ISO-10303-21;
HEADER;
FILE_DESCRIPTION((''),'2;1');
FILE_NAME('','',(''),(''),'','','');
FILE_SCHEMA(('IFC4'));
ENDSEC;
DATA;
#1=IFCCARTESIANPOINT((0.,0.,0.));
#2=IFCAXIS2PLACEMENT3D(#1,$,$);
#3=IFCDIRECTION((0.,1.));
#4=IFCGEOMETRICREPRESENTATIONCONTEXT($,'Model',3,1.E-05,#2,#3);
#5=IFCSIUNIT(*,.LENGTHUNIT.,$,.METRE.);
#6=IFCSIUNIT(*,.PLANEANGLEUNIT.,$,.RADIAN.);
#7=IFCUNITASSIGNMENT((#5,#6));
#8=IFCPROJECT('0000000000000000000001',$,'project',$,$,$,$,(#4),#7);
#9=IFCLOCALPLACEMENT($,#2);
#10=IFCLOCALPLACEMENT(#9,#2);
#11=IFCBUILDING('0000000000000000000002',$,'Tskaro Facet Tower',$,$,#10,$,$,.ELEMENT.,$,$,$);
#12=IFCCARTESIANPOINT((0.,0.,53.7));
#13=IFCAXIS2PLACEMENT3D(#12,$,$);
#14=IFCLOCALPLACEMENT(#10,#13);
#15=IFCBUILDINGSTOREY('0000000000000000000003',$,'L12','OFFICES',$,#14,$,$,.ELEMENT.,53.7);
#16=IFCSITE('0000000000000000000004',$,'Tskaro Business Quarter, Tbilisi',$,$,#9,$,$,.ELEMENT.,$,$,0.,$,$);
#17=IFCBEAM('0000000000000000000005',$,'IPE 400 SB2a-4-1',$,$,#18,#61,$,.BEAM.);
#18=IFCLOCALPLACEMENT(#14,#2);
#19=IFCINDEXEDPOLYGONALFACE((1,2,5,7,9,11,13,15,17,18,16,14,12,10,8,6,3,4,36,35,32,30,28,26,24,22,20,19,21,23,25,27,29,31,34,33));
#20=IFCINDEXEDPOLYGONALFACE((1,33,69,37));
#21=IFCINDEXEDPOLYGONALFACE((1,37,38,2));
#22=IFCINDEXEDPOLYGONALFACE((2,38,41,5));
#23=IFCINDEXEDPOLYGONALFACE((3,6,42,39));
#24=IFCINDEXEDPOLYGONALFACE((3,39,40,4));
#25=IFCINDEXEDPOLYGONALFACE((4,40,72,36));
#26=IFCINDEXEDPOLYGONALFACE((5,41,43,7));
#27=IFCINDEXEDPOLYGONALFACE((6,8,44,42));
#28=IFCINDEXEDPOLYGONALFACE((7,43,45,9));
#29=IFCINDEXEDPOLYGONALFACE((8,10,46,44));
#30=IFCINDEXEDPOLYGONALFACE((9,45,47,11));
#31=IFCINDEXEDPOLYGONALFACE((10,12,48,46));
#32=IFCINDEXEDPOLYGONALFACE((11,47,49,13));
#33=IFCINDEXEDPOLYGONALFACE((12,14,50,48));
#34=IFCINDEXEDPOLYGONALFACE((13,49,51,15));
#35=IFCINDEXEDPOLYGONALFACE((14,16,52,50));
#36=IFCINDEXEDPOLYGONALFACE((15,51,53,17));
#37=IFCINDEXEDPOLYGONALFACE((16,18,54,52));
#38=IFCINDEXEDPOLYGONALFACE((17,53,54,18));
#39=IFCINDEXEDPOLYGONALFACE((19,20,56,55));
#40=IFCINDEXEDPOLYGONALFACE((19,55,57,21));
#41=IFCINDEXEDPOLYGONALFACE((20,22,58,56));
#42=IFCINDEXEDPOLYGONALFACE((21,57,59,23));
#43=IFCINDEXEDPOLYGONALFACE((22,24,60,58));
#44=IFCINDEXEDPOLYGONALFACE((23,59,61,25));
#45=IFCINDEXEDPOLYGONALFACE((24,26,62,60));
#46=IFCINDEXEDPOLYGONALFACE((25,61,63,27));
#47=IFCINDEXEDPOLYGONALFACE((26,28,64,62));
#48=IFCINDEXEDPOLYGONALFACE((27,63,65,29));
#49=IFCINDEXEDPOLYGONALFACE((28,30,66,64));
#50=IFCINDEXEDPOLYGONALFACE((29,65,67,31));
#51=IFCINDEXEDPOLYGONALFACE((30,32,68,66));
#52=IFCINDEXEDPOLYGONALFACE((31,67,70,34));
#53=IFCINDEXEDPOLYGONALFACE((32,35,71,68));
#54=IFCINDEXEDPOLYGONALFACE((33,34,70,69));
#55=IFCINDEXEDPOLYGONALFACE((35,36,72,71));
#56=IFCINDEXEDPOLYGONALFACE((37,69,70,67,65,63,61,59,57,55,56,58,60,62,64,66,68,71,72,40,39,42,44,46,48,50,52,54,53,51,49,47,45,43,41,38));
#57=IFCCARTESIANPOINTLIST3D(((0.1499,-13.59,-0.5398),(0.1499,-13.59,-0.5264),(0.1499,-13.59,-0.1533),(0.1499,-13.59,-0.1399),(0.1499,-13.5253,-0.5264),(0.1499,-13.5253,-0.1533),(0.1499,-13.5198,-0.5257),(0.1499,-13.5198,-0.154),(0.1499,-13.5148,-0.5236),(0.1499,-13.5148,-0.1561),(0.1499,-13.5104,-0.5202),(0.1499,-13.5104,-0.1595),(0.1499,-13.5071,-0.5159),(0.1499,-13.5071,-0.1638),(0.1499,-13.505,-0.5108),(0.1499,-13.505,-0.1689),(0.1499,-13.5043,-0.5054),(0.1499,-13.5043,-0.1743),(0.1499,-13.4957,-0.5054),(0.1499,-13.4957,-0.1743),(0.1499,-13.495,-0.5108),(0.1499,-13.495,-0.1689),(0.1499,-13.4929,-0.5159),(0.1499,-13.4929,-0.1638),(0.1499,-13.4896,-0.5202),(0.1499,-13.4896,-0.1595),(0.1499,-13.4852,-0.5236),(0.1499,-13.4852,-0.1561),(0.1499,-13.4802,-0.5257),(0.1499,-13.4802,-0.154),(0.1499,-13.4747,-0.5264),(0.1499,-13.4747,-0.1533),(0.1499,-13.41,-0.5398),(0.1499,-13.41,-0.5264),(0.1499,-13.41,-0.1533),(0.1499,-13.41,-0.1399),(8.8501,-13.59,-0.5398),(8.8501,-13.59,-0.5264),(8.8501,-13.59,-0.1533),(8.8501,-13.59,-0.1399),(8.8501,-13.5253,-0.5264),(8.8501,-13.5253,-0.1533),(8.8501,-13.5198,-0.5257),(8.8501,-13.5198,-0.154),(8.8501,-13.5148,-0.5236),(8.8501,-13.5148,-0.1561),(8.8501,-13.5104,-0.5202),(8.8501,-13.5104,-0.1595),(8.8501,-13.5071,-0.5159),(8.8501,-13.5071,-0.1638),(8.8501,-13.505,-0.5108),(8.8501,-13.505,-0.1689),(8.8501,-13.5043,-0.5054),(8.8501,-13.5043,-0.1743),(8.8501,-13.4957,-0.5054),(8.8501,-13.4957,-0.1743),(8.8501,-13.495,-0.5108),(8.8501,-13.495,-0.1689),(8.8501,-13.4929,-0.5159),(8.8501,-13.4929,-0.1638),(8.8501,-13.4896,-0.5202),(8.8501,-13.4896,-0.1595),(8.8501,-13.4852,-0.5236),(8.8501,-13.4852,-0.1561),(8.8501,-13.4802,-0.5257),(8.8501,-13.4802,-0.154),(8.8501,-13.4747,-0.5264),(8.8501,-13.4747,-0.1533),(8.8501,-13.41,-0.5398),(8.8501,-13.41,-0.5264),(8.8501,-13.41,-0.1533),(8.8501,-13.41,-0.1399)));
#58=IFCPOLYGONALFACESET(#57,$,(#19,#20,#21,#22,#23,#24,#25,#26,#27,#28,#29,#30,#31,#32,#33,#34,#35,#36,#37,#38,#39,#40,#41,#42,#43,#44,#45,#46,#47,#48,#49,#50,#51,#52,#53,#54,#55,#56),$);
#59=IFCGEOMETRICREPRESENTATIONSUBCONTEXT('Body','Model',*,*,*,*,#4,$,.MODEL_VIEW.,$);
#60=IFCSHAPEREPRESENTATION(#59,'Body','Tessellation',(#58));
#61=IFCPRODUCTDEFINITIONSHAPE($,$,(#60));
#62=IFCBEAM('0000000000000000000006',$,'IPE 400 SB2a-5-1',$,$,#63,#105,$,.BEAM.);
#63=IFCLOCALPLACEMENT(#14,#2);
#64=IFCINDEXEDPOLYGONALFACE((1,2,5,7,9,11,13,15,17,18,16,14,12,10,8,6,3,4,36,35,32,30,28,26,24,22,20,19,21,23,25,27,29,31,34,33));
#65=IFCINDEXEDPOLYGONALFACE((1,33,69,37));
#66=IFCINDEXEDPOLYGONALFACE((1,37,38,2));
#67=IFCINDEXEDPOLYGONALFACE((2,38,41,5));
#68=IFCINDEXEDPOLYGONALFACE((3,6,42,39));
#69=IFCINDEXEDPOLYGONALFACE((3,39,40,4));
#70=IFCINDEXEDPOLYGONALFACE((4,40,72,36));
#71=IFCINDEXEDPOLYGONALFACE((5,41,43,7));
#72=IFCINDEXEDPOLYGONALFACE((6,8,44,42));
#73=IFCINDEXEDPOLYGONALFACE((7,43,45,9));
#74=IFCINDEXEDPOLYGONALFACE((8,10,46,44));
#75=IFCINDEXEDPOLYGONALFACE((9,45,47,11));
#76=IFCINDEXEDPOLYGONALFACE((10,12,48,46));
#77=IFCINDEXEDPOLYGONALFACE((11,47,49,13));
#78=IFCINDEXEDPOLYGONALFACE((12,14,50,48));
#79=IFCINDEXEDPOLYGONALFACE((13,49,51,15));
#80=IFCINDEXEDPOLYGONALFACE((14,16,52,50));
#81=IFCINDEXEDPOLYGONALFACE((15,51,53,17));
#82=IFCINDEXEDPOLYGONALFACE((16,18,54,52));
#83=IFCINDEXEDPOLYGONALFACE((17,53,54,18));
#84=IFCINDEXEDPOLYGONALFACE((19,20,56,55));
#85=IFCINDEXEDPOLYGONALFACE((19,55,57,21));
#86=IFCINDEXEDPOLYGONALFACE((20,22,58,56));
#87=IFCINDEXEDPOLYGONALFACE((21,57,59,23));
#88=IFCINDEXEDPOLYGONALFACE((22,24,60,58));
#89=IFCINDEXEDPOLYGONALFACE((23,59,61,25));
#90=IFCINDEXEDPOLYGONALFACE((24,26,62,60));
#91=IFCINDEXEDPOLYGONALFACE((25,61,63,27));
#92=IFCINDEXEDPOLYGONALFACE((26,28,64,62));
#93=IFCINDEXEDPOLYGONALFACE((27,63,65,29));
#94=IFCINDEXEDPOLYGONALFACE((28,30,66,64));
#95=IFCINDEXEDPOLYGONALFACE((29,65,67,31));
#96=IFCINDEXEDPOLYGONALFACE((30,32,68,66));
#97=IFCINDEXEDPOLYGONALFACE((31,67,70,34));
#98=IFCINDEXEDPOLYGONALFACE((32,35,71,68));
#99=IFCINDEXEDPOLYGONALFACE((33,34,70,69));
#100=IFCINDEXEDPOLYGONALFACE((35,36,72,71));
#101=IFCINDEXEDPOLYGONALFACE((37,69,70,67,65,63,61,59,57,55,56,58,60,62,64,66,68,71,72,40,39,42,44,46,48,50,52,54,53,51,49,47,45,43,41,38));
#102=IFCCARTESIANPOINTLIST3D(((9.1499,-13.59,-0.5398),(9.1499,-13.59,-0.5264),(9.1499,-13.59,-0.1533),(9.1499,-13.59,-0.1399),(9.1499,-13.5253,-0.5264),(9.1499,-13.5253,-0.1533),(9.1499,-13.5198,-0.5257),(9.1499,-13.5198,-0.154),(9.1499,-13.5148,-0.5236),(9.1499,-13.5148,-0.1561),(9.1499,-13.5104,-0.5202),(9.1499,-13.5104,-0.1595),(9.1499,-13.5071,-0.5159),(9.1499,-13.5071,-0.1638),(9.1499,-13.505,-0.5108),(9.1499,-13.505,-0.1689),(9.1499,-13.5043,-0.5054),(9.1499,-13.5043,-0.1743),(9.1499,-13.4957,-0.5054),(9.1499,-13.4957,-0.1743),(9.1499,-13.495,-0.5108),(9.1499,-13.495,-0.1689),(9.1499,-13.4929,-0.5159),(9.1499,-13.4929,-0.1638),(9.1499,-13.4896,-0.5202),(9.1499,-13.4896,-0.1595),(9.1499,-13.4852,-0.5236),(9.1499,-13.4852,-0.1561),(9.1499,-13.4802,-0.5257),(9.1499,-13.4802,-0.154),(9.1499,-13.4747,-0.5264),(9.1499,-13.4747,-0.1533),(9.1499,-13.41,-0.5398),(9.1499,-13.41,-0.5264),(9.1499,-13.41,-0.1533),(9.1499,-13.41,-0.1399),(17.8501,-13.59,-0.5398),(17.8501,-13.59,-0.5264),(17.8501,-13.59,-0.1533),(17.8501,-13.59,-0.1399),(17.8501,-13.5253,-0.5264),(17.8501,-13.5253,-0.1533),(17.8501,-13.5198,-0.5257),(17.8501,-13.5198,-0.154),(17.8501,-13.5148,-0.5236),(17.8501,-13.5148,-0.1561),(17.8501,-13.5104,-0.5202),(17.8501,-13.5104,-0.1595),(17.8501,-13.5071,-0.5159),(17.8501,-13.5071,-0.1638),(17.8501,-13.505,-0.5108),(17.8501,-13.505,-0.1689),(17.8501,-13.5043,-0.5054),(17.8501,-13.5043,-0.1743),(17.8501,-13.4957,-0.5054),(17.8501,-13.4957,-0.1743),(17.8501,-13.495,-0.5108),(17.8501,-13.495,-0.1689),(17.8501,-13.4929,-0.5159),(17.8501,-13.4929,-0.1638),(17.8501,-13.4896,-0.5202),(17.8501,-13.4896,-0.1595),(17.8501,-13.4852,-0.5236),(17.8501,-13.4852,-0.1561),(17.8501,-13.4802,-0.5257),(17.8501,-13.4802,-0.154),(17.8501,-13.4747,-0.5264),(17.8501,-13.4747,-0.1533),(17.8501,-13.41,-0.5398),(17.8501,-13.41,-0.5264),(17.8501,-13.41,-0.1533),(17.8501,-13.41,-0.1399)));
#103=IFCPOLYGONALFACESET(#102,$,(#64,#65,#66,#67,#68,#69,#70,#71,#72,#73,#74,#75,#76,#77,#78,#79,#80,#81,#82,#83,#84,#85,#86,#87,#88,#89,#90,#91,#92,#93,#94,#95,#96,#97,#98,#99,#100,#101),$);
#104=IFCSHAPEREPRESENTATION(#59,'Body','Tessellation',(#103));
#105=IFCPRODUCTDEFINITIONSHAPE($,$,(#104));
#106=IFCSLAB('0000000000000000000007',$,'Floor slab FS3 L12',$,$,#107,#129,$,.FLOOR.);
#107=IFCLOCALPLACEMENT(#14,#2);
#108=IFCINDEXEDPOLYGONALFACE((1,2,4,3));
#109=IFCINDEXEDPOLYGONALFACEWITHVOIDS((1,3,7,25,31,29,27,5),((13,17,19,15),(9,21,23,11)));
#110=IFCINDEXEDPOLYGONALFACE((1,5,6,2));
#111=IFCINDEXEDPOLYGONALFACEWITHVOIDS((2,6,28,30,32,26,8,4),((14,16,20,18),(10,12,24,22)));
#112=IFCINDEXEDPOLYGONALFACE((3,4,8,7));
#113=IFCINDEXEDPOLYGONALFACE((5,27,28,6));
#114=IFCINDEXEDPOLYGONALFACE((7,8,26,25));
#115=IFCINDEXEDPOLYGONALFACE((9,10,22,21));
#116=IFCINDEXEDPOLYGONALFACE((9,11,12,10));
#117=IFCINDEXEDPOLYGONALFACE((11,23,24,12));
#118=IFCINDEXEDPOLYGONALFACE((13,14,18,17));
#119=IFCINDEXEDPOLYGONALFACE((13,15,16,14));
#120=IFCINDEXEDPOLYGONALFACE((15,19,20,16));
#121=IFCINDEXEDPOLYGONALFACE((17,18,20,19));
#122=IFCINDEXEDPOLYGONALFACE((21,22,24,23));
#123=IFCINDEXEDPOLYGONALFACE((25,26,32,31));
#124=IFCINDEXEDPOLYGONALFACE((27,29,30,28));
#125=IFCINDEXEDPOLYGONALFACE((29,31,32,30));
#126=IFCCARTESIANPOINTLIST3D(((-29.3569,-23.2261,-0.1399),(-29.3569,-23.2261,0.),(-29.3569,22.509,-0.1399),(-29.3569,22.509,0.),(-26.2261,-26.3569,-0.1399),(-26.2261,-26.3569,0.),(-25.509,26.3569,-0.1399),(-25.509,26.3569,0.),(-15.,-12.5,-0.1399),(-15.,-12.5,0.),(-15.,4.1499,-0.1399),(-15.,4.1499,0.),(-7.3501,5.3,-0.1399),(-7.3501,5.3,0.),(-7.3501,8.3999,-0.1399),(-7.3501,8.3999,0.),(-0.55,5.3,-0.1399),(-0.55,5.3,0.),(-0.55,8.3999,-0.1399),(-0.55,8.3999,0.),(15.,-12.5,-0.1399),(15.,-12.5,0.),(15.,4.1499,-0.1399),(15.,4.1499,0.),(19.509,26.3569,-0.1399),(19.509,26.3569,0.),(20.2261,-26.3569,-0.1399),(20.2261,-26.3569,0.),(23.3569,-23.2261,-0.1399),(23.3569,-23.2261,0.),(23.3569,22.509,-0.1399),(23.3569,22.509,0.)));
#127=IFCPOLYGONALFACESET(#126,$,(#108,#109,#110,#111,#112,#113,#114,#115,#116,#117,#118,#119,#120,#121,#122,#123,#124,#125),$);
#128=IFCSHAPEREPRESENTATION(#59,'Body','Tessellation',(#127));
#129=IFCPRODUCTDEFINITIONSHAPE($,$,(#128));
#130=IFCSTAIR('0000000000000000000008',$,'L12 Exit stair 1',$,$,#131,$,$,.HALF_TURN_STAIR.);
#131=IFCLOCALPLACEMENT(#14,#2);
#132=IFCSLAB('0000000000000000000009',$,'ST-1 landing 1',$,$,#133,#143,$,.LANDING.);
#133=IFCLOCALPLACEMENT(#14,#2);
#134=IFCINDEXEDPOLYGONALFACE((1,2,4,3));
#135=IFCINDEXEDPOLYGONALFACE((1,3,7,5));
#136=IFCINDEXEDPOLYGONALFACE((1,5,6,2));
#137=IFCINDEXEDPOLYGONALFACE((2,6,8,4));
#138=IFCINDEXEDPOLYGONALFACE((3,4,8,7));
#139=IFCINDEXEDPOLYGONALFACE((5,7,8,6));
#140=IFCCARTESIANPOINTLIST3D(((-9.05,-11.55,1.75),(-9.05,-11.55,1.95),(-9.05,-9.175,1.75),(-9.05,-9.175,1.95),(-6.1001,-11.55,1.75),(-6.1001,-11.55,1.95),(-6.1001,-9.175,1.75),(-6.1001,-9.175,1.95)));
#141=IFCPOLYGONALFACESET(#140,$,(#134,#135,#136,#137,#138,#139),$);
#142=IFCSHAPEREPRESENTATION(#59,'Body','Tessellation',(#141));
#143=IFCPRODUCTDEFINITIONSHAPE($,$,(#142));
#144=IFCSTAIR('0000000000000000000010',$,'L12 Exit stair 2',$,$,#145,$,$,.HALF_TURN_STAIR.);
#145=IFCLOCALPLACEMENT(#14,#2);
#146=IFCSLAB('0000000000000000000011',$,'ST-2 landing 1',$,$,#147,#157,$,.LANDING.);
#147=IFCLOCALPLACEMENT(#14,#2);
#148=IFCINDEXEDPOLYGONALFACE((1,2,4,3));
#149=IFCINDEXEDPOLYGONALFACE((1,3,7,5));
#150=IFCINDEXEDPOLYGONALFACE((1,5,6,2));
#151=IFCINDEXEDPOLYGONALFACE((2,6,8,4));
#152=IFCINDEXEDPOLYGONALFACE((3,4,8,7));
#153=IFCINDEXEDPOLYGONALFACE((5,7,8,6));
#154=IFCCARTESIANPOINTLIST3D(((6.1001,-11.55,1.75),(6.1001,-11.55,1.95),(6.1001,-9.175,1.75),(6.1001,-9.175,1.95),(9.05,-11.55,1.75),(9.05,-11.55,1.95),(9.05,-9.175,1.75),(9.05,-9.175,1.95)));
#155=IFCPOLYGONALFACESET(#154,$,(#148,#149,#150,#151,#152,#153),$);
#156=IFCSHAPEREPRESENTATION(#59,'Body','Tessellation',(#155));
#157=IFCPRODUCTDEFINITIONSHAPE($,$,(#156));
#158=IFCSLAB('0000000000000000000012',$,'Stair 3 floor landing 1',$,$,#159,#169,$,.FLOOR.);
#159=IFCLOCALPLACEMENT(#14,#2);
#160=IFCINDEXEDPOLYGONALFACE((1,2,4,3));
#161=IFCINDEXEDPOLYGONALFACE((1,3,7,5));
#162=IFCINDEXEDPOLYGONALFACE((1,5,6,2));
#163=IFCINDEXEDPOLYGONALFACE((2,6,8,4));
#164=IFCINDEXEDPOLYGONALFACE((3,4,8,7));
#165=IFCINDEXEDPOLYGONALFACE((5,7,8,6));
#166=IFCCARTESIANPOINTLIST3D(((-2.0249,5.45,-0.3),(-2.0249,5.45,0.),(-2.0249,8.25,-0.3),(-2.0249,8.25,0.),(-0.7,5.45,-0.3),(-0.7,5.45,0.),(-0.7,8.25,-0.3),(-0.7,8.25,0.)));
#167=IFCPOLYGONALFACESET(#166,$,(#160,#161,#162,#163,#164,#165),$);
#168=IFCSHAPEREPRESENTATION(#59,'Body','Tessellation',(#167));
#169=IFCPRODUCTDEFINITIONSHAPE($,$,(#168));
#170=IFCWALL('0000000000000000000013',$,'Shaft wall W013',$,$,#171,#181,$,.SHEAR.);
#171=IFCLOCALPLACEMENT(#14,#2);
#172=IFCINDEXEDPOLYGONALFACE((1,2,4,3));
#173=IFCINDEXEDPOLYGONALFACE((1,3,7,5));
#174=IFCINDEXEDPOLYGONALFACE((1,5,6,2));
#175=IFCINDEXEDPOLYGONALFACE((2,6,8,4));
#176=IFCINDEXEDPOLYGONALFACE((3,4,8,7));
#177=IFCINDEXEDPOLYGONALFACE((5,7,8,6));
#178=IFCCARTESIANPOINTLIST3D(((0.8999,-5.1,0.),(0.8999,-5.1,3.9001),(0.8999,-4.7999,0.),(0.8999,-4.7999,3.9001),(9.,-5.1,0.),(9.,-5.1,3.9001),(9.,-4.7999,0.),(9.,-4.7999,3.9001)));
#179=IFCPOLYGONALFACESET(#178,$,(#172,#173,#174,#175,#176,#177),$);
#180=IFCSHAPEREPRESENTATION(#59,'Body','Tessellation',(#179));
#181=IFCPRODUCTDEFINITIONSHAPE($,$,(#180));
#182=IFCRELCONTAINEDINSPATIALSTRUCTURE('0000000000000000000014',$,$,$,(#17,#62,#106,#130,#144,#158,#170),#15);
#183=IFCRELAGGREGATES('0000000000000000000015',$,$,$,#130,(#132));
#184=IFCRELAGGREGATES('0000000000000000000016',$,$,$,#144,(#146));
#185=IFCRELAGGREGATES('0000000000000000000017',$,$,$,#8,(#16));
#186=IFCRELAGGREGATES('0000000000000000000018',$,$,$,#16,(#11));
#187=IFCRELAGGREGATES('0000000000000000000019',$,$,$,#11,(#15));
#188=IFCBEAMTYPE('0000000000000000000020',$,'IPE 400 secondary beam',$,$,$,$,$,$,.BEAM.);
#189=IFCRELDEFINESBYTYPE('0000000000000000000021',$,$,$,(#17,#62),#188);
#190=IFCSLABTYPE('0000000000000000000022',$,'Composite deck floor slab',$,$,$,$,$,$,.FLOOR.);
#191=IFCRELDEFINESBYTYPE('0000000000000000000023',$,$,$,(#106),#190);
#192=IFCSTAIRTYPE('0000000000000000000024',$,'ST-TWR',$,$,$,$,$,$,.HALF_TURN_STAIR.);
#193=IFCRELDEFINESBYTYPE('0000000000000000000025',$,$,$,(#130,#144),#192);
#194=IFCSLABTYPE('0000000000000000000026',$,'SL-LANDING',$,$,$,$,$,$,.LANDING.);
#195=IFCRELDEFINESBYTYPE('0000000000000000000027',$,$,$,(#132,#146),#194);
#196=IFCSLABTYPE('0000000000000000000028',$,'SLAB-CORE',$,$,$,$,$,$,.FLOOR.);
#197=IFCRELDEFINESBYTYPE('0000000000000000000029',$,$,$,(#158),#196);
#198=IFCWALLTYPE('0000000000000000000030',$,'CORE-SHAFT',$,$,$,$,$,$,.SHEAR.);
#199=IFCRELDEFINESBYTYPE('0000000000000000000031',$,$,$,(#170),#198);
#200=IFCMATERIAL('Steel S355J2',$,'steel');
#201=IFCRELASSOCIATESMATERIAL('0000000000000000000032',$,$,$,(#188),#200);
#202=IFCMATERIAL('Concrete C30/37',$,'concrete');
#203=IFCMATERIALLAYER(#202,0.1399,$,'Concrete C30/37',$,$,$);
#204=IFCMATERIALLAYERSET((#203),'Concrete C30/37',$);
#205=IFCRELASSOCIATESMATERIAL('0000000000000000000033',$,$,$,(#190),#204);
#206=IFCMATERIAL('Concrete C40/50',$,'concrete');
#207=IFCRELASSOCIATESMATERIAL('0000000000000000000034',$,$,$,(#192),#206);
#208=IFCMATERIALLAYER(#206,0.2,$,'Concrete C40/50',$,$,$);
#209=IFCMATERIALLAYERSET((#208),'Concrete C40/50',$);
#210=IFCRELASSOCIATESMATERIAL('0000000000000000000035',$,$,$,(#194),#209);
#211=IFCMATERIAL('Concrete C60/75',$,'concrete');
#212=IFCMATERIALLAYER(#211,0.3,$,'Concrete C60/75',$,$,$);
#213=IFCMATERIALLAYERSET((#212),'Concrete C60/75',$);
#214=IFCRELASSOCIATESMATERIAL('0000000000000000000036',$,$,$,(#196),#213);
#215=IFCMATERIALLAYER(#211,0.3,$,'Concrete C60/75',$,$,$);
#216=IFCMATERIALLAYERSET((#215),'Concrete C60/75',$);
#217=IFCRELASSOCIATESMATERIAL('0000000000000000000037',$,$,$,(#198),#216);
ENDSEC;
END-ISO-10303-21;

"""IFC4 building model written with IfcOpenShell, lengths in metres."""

from ifc_helpers import new_model, si_unit, direction, frame, frame_2d, origin, origin_2d, place, context, subcontext, project, spatial, polyline, rectangle, i_section, outline, extrude, material, layer, layer_set, material_profile, profile_set, type_object, element, aggregate, save


model = new_model("IFC4")

# Units and contexts
model_context = context("Model", 3, precision=1e-05, world=origin(), true_north=direction((0.0, 1.0)))
body_context = subcontext(model_context, "Body", "Model", "MODEL_VIEW")
ifc_project = project(units=[si_unit("LENGTHUNIT", "METRE"), si_unit("PLANEANGLEUNIT", "RADIAN")], contexts=[model_context])

# Site, building, storey
site_placement = place(None, origin())
site = spatial("IfcSite", under=ifc_project, at=site_placement, Name="Tskaro Business Quarter, Tbilisi", CompositionType="ELEMENT", RefElevation=0.0)
building_placement = place(site_placement, origin())
building = spatial("IfcBuilding", under=site, at=building_placement, Name="Tskaro Facet Tower", CompositionType="ELEMENT")
storey_placement = place(building_placement, frame((0.0, 0.0, 53.7)))
storey = spatial("IfcBuildingStorey", under=building, at=storey_placement, Name="L12", Description="OFFICES", CompositionType="ELEMENT", Elevation=53.7)

# Beams
ifc_material_1 = material(Name="Steel S355J2", Category="steel")
ifc_material_profile = material_profile(ifc_material_1, i_section(OverallWidth=0.1799, OverallDepth=0.3999, WebThickness=0.0085, FlangeThickness=0.0134, FilletRadius=0.021, at=origin_2d()), Name="IPE 400")
ifc_profile_set = profile_set([ifc_material_profile], Name="Steel S355J2")
beam_type = type_object("IfcBeamType", Name="IPE 400 secondary beam", PredefinedType="BEAM", material=ifc_profile_set)
for number, where, z_axis, x_axis, name in (
    (1, (0.1499, -13.5, -0.3398), (1.0, 0.0, 0.0), (0.0, 1.0, 0.0), "IPE 400 SB2a-4-1"),
    (2, (9.1499, -13.5, -0.3398), (1.0, 0.0, 0.0), (0.0, 1.0, 0.0), "IPE 400 SB2a-5-1"),
):
    element("IfcBeam", number, at=place(storey_placement, frame(where, z_axis=z_axis, x_axis=x_axis)), inside=storey, type_object=beam_type, Name=name, PredefinedType="BEAM", context=body_context, shape_type="SweptSolid", body=[
        extrude(i_section(OverallWidth=0.1799, OverallDepth=0.3999, WebThickness=0.0085, FlangeThickness=0.0134, FilletRadius=0.021, at=origin_2d()), origin(), (0.0, 0.0, 1.0), 8.7002),
    ])

# Slab
ifc_material_2 = material(Name="Concrete C30/37", Category="concrete")
ifc_layer_1 = layer(ifc_material_2, 0.1399, Name="Concrete C30/37")
ifc_layer_set_1 = layer_set([ifc_layer_1], Name="Concrete C30/37")
slab_type_1 = type_object("IfcSlabType", Name="Composite deck floor slab", PredefinedType="FLOOR", material=ifc_layer_set_1)
slab_1_placement = place(storey_placement, frame((0.0, 0.0, -0.1399)))
element("IfcSlab", 3, at=slab_1_placement, inside=storey, type_object=slab_type_1, Name="Floor slab FS3 L12", PredefinedType="FLOOR", context=body_context, shape_type="SweptSolid", body=[
    extrude(outline(polyline([(-26.2261, -26.3569), (20.2261, -26.3569), (23.3569, -23.2261), (23.3569, 22.509), (19.509, 26.3569), (-25.509, 26.3569), (-29.3569, 22.509), (-29.3569, -23.2261), (-26.2261, -26.3569)]), holes=[polyline([(-15.0, -12.5), (15.0, -12.5), (15.0, 4.1499), (-15.0, 4.1499), (-15.0, -12.5)]), polyline([(-7.3501, 5.3), (-0.55, 5.3), (-0.55, 8.3999), (-7.3501, 8.3999), (-7.3501, 5.3)])]), origin(), (0.0, 0.0, 1.0), 0.1399),
])

# Stairs, slabs
ifc_material_3 = material(Name="Concrete C40/50", Category="concrete")
stair_type = type_object("IfcStairType", Name="ST-TWR", PredefinedType="HALF_TURN_STAIR", material=ifc_material_3)
stair_1_placement = place(storey_placement, origin())
stair_1 = element("IfcStair", 4, at=stair_1_placement, inside=storey, type_object=stair_type, Name="L12 Exit stair 1", PredefinedType="HALF_TURN_STAIR")
ifc_layer_2 = layer(ifc_material_3, 0.2, Name="Concrete C40/50")
ifc_layer_set_2 = layer_set([ifc_layer_2], Name="Concrete C40/50")
slab_type_2 = type_object("IfcSlabType", Name="SL-LANDING", PredefinedType="LANDING", material=ifc_layer_set_2)
slab_2_placement = place(storey_placement, frame((0.0, 0.0, 1.75)))
slab_2 = element("IfcSlab", 5, at=slab_2_placement, type_object=slab_type_2, Name="ST-1 landing 1", PredefinedType="LANDING", context=body_context, shape_type="SweptSolid", body=[
    extrude(outline(polyline([(-9.05, -11.55), (-6.1001, -11.55), (-6.1001, -9.175), (-9.05, -9.175), (-9.05, -11.55)])), origin(), (0.0, 0.0, 1.0), 0.2),
])
aggregate(stair_1, [slab_2])
stair_2_placement = place(storey_placement, origin())
stair_2 = element("IfcStair", 6, at=stair_2_placement, inside=storey, type_object=stair_type, Name="L12 Exit stair 2", PredefinedType="HALF_TURN_STAIR")
slab_3_placement = place(storey_placement, frame((0.0, 0.0, 1.75)))
slab_3 = element("IfcSlab", 7, at=slab_3_placement, type_object=slab_type_2, Name="ST-2 landing 1", PredefinedType="LANDING", context=body_context, shape_type="SweptSolid", body=[
    extrude(outline(polyline([(6.1001, -11.55), (9.05, -11.55), (9.05, -9.175), (6.1001, -9.175), (6.1001, -11.55)])), origin(), (0.0, 0.0, 1.0), 0.2),
])

# Slab
ifc_material_4 = material(Name="Concrete C60/75", Category="concrete")
ifc_layer_3 = layer(ifc_material_4, 0.3, Name="Concrete C60/75")
ifc_layer_set_3 = layer_set([ifc_layer_3], Name="Concrete C60/75")
slab_type_3 = type_object("IfcSlabType", Name="SLAB-CORE", PredefinedType="FLOOR", material=ifc_layer_set_3)
slab_4_placement = place(storey_placement, frame((0.0, 0.0, -0.3)))
element("IfcSlab", 8, at=slab_4_placement, inside=storey, type_object=slab_type_3, Name="Stair 3 floor landing 1", PredefinedType="FLOOR", context=body_context, shape_type="SweptSolid", body=[
    extrude(outline(polyline([(-2.0249, 5.45), (-0.7, 5.45), (-0.7, 8.25), (-2.0249, 8.25), (-2.0249, 5.45)])), origin(), (0.0, 0.0, 1.0), 0.3),
])

# Wall
ifc_layer_4 = layer(ifc_material_4, 0.3, Name="Concrete C60/75")
ifc_layer_set_4 = layer_set([ifc_layer_4], Name="Concrete C60/75")
wall_type_1 = type_object("IfcWallType", Name="CORE-SHAFT", PredefinedType="SHEAR", material=ifc_layer_set_4)
wall_1_placement = place(storey_placement, frame((0.8999, -4.95, 0.0), z_axis=(0.0, 0.0, 1.0), x_axis=(1.0, 0.0, 0.0)))
element("IfcWall", 9, at=wall_1_placement, inside=storey, type_object=wall_type_1, Name="Shaft wall W013", PredefinedType="SHEAR", context=body_context, shape_type="SweptSolid", body=[
    extrude(rectangle(XDim=8.1001, YDim=0.3, at=frame_2d((4.05, 0.0))), origin(), (0.0, 0.0, 1.0), 3.9001),
])

aggregate(stair_2, [slab_3])

save(model, "model.ifc")
